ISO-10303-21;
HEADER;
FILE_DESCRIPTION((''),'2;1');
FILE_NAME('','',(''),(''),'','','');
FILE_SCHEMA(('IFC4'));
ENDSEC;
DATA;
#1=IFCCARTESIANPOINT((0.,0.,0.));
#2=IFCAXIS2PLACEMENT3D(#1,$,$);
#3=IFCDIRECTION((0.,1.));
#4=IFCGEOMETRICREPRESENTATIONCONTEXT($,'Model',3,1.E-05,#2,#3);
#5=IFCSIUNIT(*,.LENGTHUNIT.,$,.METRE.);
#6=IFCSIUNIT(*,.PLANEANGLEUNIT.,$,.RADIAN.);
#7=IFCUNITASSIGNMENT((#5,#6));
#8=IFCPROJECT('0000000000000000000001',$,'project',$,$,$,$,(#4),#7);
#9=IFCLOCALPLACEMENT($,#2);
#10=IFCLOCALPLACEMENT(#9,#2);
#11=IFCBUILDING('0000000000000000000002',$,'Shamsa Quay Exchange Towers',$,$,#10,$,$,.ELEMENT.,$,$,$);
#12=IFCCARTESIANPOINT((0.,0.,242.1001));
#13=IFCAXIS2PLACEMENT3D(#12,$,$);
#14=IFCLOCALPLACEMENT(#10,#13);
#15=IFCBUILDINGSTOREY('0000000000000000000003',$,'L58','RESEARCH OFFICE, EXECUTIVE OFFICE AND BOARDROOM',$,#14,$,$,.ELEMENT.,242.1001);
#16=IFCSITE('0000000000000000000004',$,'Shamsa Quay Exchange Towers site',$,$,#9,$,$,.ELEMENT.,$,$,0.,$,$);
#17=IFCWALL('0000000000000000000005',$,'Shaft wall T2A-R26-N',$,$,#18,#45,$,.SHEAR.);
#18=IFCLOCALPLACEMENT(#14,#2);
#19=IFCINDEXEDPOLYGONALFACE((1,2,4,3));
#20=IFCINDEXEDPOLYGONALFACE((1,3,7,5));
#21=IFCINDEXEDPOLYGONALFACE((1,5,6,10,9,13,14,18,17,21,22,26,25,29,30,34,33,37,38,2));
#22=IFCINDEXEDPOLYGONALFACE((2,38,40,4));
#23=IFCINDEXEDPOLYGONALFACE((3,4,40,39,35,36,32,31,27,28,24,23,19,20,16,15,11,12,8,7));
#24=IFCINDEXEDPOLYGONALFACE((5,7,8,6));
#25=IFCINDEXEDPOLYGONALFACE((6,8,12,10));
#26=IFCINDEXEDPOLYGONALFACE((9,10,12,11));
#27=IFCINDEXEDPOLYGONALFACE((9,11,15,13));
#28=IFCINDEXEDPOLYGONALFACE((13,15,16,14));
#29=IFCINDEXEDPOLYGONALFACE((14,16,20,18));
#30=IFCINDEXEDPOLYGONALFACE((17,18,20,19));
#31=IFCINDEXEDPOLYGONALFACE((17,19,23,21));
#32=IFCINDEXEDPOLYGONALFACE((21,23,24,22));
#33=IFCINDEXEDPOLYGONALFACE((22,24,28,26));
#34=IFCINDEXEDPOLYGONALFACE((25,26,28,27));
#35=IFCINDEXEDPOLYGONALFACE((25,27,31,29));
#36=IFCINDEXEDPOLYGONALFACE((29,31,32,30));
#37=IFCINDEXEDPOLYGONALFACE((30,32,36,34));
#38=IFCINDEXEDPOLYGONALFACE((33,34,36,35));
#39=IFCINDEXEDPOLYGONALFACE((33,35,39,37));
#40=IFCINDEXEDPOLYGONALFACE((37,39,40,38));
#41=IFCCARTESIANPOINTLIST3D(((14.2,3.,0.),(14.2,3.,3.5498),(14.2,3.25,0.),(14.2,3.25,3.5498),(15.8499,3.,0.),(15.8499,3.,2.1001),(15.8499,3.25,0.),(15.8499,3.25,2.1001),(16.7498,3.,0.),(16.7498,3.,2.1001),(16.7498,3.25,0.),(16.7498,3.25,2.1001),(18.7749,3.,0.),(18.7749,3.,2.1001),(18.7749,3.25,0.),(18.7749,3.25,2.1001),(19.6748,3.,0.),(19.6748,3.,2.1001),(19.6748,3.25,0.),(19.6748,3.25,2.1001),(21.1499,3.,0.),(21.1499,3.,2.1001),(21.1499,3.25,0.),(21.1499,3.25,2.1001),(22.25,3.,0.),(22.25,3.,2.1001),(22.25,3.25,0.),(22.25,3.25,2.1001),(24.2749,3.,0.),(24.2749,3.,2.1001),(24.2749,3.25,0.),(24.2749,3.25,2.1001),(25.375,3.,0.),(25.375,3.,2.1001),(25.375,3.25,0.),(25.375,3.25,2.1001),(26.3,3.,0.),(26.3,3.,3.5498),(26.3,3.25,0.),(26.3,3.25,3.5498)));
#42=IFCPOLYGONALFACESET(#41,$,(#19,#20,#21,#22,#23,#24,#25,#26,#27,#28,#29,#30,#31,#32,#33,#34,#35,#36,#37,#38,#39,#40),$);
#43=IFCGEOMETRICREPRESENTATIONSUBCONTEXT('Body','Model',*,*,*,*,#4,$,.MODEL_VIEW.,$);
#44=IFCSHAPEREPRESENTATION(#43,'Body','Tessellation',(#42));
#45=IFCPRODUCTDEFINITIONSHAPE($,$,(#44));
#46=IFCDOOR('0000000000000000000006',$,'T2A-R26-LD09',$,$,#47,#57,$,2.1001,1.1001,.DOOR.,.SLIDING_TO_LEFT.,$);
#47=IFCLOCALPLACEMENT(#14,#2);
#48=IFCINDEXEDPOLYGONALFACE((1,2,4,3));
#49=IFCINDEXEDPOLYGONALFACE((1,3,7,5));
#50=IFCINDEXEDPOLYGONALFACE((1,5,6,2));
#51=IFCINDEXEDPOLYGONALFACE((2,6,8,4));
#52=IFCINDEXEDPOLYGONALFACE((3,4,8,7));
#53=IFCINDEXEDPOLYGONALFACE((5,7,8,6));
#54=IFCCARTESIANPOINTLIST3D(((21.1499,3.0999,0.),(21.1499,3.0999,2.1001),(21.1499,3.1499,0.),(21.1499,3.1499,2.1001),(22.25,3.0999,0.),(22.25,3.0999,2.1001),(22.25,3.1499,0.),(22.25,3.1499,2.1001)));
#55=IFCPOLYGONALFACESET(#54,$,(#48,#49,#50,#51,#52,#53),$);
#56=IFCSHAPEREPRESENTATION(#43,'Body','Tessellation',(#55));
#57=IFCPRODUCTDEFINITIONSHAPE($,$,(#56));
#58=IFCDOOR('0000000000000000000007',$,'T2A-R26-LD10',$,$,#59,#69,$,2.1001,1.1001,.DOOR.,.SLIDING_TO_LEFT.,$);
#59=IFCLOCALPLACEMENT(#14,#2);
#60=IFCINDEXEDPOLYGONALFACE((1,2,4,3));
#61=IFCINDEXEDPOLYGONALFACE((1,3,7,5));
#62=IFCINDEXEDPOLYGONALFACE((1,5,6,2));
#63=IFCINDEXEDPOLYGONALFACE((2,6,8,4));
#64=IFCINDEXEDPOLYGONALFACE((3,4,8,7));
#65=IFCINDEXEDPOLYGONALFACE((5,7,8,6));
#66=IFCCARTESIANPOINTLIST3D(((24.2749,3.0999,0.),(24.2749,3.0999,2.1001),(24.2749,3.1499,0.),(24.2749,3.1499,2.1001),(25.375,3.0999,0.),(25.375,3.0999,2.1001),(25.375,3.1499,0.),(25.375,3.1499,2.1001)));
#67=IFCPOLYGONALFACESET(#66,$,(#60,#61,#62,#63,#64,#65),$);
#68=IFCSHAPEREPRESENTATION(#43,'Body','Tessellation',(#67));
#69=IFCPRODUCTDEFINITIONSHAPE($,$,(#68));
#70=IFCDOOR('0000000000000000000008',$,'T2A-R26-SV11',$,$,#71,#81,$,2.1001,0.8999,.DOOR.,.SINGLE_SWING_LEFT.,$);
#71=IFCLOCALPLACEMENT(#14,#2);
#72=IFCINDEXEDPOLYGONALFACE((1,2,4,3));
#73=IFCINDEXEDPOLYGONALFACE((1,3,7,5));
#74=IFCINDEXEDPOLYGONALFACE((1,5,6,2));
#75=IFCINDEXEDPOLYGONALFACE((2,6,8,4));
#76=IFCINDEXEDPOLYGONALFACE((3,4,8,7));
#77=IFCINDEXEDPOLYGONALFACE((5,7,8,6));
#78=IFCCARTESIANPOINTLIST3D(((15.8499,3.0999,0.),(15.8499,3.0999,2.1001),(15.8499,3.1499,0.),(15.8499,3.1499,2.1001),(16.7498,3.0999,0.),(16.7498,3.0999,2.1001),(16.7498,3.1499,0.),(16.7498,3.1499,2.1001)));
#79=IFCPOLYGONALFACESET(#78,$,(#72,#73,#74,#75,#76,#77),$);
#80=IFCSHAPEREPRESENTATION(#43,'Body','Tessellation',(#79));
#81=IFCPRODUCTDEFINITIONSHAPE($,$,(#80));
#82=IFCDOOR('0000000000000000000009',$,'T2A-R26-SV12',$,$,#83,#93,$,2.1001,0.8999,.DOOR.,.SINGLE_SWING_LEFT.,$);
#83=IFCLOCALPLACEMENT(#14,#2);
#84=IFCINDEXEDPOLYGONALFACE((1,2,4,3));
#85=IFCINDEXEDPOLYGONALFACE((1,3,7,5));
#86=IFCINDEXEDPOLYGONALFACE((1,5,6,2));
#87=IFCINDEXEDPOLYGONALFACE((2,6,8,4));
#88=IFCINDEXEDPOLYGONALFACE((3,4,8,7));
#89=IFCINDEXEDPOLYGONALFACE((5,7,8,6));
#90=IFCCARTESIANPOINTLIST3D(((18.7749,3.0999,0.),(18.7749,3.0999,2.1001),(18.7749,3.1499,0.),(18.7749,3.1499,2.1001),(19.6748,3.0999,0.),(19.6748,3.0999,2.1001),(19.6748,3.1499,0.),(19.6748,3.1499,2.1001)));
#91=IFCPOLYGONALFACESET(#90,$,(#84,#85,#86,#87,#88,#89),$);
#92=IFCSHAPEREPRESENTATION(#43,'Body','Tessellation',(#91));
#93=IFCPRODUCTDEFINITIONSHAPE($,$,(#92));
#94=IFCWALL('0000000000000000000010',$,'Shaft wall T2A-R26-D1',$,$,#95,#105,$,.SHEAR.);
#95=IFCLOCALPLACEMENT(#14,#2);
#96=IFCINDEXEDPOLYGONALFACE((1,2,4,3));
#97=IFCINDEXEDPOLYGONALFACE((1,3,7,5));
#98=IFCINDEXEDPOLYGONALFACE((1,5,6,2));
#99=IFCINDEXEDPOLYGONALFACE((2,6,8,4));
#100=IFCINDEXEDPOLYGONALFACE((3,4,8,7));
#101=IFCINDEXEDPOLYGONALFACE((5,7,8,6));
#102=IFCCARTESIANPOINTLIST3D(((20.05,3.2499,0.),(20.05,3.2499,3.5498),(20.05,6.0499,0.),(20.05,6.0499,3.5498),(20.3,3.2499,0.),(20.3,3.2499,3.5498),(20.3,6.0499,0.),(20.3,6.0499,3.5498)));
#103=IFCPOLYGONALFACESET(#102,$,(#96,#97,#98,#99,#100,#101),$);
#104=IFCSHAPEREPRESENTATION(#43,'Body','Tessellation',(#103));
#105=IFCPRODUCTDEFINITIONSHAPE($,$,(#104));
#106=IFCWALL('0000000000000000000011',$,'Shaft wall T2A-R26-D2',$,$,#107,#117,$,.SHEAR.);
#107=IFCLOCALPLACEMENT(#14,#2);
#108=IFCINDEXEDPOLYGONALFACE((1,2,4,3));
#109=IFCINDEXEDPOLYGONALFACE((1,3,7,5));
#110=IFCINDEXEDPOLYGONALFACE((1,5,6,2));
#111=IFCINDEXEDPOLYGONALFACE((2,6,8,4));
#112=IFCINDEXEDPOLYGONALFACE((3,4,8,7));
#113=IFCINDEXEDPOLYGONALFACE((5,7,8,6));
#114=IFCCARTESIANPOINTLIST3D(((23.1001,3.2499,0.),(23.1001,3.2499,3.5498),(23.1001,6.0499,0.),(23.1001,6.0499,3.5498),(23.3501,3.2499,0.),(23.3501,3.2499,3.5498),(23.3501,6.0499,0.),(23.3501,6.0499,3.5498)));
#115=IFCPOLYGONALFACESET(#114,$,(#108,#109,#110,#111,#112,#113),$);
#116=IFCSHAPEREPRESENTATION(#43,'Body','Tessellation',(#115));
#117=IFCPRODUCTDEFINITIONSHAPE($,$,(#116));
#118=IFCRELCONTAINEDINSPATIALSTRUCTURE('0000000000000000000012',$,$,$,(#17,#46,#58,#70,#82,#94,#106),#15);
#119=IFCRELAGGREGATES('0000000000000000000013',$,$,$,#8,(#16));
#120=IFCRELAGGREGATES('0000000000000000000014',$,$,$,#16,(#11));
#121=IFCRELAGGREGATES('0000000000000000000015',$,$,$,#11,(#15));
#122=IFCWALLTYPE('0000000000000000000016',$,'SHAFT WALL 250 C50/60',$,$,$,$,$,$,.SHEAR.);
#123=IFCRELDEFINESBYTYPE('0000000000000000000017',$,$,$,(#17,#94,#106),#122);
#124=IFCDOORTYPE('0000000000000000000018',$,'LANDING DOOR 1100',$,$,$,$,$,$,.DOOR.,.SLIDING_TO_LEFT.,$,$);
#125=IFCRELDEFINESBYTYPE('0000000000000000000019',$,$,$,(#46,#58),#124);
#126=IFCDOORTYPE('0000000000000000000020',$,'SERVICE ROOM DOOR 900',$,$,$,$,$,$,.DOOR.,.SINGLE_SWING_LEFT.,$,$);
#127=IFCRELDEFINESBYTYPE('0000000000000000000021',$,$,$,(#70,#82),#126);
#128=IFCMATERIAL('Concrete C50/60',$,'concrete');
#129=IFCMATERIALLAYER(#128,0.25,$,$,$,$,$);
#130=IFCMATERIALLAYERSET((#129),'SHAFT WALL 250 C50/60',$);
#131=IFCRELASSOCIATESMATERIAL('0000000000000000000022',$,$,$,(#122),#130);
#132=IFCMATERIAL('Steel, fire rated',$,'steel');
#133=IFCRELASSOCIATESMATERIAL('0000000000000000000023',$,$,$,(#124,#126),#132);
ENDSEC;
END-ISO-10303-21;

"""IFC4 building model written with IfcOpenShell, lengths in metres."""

from ifc_helpers import new_model, si_unit, direction, frame, frame_2d, origin, place, context, subcontext, project, spatial, rectangle, extrude, material, layer, layer_set, type_object, element, fill, save


model = new_model("IFC4")

# Units and contexts
model_context = context("Model", 3, precision=1e-05, world=origin(), true_north=direction((0.0, 1.0)))
body_context = subcontext(model_context, "Body", "Model", "MODEL_VIEW")
ifc_project = project(units=[si_unit("LENGTHUNIT", "METRE"), si_unit("PLANEANGLEUNIT", "RADIAN")], contexts=[model_context])

# Site, building, storey
site_placement = place(None, origin())
site = spatial("IfcSite", under=ifc_project, at=site_placement, Name="Shamsa Quay Exchange Towers site", CompositionType="ELEMENT", RefElevation=0.0)
building_placement = place(site_placement, origin())
building = spatial("IfcBuilding", under=site, at=building_placement, Name="Shamsa Quay Exchange Towers", CompositionType="ELEMENT")
storey_placement = place(building_placement, frame((0.0, 0.0, 242.1001)))
storey = spatial("IfcBuildingStorey", under=building, at=storey_placement, Name="L58", Description="RESEARCH OFFICE, EXECUTIVE OFFICE AND BOARDROOM", CompositionType="ELEMENT", Elevation=242.1001)

# Shared definitions
ifc_material_1 = material(Name="Concrete C50/60", Category="concrete")

# Shared definitions
ifc_material_2 = material(Name="Steel, fire rated", Category="steel")

# Wall, openings, doors
ifc_layer_1 = layer(ifc_material_1, 0.25)
ifc_layer_set_1 = layer_set([ifc_layer_1], Name="SHAFT WALL 250 C50/60")
wall_type_1 = type_object("IfcWallType", Name="SHAFT WALL 250 C50/60", PredefinedType="SHEAR", material=ifc_layer_set_1)
wall_1_placement = place(storey_placement, frame((14.2, 3.125, 0.0)))
wall_1 = element("IfcWall", 1, at=wall_1_placement, inside=storey, type_object=wall_type_1, Name="Shaft wall T2A-R26-N", PredefinedType="SHEAR", context=body_context, shape_type="SweptSolid", body=[
    extrude(rectangle(XDim=12.1001, YDim=0.25, at=frame_2d((6.05, 0.0))), origin(), (0.0, 0.0, 1.0), 3.5498),
])
opening_1_placement = place(wall_1_placement, frame((6.95, 0.0, 0.0)))
opening_1 = element("IfcOpeningElement", 2, at=opening_1_placement, cuts=wall_1, PredefinedType="OPENING", context=body_context, shape_type="SweptSolid", body=[
    extrude(rectangle(XDim=1.1001, YDim=2.1001, at=frame_2d((0.55, 1.05))), frame((0.0, 0.135, 0.0), z_axis=(0.0, -1.0, 0.0), x_axis=(1.0, 0.0, 0.0)), (0.0, 0.0, 1.0), 0.27),
])
opening_2_placement = place(wall_1_placement, frame((10.075, 0.0, 0.0)))
opening_2 = element("IfcOpeningElement", 3, at=opening_2_placement, cuts=wall_1, PredefinedType="OPENING", context=body_context, shape_type="SweptSolid", body=[
    extrude(rectangle(XDim=1.1001, YDim=2.1001, at=frame_2d((0.55, 1.05))), frame((0.0, 0.135, 0.0), z_axis=(0.0, -1.0, 0.0), x_axis=(1.0, 0.0, 0.0)), (0.0, 0.0, 1.0), 0.27),
])
opening_3_placement = place(wall_1_placement, frame((1.6499, 0.0, 0.0)))
opening_3 = element("IfcOpeningElement", 4, at=opening_3_placement, cuts=wall_1, PredefinedType="OPENING", context=body_context, shape_type="SweptSolid", body=[
    extrude(rectangle(XDim=0.8999, YDim=2.1001, at=frame_2d((0.45, 1.05))), frame((0.0, 0.135, 0.0), z_axis=(0.0, -1.0, 0.0), x_axis=(1.0, 0.0, 0.0)), (0.0, 0.0, 1.0), 0.27),
])
opening_4_placement = place(wall_1_placement, frame((4.575, 0.0, 0.0)))
opening_4 = element("IfcOpeningElement", 5, at=opening_4_placement, cuts=wall_1, PredefinedType="OPENING", context=body_context, shape_type="SweptSolid", body=[
    extrude(rectangle(XDim=0.8999, YDim=2.1001, at=frame_2d((0.45, 1.05))), frame((0.0, 0.135, 0.0), z_axis=(0.0, -1.0, 0.0), x_axis=(1.0, 0.0, 0.0)), (0.0, 0.0, 1.0), 0.27),
])
door_type_1 = type_object("IfcDoorType", Name="LANDING DOOR 1100", OperationType="SLIDING_TO_LEFT", PredefinedType="DOOR", material=ifc_material_2)
door_1_placement = place(opening_1_placement, origin())
door_1 = element("IfcDoor", 6, at=door_1_placement, inside=storey, type_object=door_type_1, Name="T2A-R26-LD09", OperationType="SLIDING_TO_LEFT", OverallHeight=2.1001, OverallWidth=1.1001, PredefinedType="DOOR", context=body_context, shape_type="SweptSolid", body=[
    extrude(rectangle(XDim=1.1001, YDim=2.1001, at=frame_2d((0.55, 1.05))), frame((0.0, 0.0249, 0.0), z_axis=(0.0, -1.0, 0.0), x_axis=(1.0, 0.0, 0.0)), (0.0, 0.0, 1.0), 0.05),
])
fill(opening_1, door_1)
door_2_placement = place(opening_2_placement, origin())
door_2 = element("IfcDoor", 7, at=door_2_placement, inside=storey, type_object=door_type_1, Name="T2A-R26-LD10", OperationType="SLIDING_TO_LEFT", OverallHeight=2.1001, OverallWidth=1.1001, PredefinedType="DOOR", context=body_context, shape_type="SweptSolid", body=[
    extrude(rectangle(XDim=1.1001, YDim=2.1001, at=frame_2d((0.55, 1.05))), frame((0.0, 0.0249, 0.0), z_axis=(0.0, -1.0, 0.0), x_axis=(1.0, 0.0, 0.0)), (0.0, 0.0, 1.0), 0.05),
])
fill(opening_2, door_2)
door_type_2 = type_object("IfcDoorType", Name="SERVICE ROOM DOOR 900", OperationType="SINGLE_SWING_LEFT", PredefinedType="DOOR", material=ifc_material_2)
door_3_placement = place(opening_3_placement, origin())
door_3 = element("IfcDoor", 8, at=door_3_placement, inside=storey, type_object=door_type_2, Name="T2A-R26-SV11", OperationType="SINGLE_SWING_LEFT", OverallHeight=2.1001, OverallWidth=0.8999, PredefinedType="DOOR", context=body_context, shape_type="SweptSolid", body=[
    extrude(rectangle(XDim=0.8999, YDim=2.1001, at=frame_2d((0.45, 1.05))), frame((0.0, 0.0249, 0.0), z_axis=(0.0, -1.0, 0.0), x_axis=(1.0, 0.0, 0.0)), (0.0, 0.0, 1.0), 0.05),
])
fill(opening_3, door_3)
door_4_placement = place(opening_4_placement, origin())
door_4 = element("IfcDoor", 9, at=door_4_placement, inside=storey, type_object=door_type_2, Name="T2A-R26-SV12", OperationType="SINGLE_SWING_LEFT", OverallHeight=2.1001, OverallWidth=0.8999, PredefinedType="DOOR", context=body_context, shape_type="SweptSolid", body=[
    extrude(rectangle(XDim=0.8999, YDim=2.1001, at=frame_2d((0.45, 1.05))), frame((0.0, 0.0249, 0.0), z_axis=(0.0, -1.0, 0.0), x_axis=(1.0, 0.0, 0.0)), (0.0, 0.0, 1.0), 0.05),
])
fill(opening_4, door_4)

# Walls
for number, where, z_axis, x_axis, name in (
    (10, (20.175, 3.25, 0.0), (0.0, 0.0, 1.0), (0.0, 1.0, 0.0), "Shaft wall T2A-R26-D1"),
    (11, (23.2251, 3.25, 0.0), (0.0, 0.0, 1.0), (0.0, 1.0, 0.0), "Shaft wall T2A-R26-D2"),
):
    element("IfcWall", number, at=place(storey_placement, frame(where, z_axis=z_axis, x_axis=x_axis)), inside=storey, type_object=wall_type_1, Name=name, PredefinedType="SHEAR", context=body_context, shape_type="SweptSolid", body=[
        extrude(rectangle(XDim=2.8, YDim=0.25, at=frame_2d((1.3999, 0.0))), origin(), (0.0, 0.0, 1.0), 3.5498),
    ])

save(model, "model.ifc")
